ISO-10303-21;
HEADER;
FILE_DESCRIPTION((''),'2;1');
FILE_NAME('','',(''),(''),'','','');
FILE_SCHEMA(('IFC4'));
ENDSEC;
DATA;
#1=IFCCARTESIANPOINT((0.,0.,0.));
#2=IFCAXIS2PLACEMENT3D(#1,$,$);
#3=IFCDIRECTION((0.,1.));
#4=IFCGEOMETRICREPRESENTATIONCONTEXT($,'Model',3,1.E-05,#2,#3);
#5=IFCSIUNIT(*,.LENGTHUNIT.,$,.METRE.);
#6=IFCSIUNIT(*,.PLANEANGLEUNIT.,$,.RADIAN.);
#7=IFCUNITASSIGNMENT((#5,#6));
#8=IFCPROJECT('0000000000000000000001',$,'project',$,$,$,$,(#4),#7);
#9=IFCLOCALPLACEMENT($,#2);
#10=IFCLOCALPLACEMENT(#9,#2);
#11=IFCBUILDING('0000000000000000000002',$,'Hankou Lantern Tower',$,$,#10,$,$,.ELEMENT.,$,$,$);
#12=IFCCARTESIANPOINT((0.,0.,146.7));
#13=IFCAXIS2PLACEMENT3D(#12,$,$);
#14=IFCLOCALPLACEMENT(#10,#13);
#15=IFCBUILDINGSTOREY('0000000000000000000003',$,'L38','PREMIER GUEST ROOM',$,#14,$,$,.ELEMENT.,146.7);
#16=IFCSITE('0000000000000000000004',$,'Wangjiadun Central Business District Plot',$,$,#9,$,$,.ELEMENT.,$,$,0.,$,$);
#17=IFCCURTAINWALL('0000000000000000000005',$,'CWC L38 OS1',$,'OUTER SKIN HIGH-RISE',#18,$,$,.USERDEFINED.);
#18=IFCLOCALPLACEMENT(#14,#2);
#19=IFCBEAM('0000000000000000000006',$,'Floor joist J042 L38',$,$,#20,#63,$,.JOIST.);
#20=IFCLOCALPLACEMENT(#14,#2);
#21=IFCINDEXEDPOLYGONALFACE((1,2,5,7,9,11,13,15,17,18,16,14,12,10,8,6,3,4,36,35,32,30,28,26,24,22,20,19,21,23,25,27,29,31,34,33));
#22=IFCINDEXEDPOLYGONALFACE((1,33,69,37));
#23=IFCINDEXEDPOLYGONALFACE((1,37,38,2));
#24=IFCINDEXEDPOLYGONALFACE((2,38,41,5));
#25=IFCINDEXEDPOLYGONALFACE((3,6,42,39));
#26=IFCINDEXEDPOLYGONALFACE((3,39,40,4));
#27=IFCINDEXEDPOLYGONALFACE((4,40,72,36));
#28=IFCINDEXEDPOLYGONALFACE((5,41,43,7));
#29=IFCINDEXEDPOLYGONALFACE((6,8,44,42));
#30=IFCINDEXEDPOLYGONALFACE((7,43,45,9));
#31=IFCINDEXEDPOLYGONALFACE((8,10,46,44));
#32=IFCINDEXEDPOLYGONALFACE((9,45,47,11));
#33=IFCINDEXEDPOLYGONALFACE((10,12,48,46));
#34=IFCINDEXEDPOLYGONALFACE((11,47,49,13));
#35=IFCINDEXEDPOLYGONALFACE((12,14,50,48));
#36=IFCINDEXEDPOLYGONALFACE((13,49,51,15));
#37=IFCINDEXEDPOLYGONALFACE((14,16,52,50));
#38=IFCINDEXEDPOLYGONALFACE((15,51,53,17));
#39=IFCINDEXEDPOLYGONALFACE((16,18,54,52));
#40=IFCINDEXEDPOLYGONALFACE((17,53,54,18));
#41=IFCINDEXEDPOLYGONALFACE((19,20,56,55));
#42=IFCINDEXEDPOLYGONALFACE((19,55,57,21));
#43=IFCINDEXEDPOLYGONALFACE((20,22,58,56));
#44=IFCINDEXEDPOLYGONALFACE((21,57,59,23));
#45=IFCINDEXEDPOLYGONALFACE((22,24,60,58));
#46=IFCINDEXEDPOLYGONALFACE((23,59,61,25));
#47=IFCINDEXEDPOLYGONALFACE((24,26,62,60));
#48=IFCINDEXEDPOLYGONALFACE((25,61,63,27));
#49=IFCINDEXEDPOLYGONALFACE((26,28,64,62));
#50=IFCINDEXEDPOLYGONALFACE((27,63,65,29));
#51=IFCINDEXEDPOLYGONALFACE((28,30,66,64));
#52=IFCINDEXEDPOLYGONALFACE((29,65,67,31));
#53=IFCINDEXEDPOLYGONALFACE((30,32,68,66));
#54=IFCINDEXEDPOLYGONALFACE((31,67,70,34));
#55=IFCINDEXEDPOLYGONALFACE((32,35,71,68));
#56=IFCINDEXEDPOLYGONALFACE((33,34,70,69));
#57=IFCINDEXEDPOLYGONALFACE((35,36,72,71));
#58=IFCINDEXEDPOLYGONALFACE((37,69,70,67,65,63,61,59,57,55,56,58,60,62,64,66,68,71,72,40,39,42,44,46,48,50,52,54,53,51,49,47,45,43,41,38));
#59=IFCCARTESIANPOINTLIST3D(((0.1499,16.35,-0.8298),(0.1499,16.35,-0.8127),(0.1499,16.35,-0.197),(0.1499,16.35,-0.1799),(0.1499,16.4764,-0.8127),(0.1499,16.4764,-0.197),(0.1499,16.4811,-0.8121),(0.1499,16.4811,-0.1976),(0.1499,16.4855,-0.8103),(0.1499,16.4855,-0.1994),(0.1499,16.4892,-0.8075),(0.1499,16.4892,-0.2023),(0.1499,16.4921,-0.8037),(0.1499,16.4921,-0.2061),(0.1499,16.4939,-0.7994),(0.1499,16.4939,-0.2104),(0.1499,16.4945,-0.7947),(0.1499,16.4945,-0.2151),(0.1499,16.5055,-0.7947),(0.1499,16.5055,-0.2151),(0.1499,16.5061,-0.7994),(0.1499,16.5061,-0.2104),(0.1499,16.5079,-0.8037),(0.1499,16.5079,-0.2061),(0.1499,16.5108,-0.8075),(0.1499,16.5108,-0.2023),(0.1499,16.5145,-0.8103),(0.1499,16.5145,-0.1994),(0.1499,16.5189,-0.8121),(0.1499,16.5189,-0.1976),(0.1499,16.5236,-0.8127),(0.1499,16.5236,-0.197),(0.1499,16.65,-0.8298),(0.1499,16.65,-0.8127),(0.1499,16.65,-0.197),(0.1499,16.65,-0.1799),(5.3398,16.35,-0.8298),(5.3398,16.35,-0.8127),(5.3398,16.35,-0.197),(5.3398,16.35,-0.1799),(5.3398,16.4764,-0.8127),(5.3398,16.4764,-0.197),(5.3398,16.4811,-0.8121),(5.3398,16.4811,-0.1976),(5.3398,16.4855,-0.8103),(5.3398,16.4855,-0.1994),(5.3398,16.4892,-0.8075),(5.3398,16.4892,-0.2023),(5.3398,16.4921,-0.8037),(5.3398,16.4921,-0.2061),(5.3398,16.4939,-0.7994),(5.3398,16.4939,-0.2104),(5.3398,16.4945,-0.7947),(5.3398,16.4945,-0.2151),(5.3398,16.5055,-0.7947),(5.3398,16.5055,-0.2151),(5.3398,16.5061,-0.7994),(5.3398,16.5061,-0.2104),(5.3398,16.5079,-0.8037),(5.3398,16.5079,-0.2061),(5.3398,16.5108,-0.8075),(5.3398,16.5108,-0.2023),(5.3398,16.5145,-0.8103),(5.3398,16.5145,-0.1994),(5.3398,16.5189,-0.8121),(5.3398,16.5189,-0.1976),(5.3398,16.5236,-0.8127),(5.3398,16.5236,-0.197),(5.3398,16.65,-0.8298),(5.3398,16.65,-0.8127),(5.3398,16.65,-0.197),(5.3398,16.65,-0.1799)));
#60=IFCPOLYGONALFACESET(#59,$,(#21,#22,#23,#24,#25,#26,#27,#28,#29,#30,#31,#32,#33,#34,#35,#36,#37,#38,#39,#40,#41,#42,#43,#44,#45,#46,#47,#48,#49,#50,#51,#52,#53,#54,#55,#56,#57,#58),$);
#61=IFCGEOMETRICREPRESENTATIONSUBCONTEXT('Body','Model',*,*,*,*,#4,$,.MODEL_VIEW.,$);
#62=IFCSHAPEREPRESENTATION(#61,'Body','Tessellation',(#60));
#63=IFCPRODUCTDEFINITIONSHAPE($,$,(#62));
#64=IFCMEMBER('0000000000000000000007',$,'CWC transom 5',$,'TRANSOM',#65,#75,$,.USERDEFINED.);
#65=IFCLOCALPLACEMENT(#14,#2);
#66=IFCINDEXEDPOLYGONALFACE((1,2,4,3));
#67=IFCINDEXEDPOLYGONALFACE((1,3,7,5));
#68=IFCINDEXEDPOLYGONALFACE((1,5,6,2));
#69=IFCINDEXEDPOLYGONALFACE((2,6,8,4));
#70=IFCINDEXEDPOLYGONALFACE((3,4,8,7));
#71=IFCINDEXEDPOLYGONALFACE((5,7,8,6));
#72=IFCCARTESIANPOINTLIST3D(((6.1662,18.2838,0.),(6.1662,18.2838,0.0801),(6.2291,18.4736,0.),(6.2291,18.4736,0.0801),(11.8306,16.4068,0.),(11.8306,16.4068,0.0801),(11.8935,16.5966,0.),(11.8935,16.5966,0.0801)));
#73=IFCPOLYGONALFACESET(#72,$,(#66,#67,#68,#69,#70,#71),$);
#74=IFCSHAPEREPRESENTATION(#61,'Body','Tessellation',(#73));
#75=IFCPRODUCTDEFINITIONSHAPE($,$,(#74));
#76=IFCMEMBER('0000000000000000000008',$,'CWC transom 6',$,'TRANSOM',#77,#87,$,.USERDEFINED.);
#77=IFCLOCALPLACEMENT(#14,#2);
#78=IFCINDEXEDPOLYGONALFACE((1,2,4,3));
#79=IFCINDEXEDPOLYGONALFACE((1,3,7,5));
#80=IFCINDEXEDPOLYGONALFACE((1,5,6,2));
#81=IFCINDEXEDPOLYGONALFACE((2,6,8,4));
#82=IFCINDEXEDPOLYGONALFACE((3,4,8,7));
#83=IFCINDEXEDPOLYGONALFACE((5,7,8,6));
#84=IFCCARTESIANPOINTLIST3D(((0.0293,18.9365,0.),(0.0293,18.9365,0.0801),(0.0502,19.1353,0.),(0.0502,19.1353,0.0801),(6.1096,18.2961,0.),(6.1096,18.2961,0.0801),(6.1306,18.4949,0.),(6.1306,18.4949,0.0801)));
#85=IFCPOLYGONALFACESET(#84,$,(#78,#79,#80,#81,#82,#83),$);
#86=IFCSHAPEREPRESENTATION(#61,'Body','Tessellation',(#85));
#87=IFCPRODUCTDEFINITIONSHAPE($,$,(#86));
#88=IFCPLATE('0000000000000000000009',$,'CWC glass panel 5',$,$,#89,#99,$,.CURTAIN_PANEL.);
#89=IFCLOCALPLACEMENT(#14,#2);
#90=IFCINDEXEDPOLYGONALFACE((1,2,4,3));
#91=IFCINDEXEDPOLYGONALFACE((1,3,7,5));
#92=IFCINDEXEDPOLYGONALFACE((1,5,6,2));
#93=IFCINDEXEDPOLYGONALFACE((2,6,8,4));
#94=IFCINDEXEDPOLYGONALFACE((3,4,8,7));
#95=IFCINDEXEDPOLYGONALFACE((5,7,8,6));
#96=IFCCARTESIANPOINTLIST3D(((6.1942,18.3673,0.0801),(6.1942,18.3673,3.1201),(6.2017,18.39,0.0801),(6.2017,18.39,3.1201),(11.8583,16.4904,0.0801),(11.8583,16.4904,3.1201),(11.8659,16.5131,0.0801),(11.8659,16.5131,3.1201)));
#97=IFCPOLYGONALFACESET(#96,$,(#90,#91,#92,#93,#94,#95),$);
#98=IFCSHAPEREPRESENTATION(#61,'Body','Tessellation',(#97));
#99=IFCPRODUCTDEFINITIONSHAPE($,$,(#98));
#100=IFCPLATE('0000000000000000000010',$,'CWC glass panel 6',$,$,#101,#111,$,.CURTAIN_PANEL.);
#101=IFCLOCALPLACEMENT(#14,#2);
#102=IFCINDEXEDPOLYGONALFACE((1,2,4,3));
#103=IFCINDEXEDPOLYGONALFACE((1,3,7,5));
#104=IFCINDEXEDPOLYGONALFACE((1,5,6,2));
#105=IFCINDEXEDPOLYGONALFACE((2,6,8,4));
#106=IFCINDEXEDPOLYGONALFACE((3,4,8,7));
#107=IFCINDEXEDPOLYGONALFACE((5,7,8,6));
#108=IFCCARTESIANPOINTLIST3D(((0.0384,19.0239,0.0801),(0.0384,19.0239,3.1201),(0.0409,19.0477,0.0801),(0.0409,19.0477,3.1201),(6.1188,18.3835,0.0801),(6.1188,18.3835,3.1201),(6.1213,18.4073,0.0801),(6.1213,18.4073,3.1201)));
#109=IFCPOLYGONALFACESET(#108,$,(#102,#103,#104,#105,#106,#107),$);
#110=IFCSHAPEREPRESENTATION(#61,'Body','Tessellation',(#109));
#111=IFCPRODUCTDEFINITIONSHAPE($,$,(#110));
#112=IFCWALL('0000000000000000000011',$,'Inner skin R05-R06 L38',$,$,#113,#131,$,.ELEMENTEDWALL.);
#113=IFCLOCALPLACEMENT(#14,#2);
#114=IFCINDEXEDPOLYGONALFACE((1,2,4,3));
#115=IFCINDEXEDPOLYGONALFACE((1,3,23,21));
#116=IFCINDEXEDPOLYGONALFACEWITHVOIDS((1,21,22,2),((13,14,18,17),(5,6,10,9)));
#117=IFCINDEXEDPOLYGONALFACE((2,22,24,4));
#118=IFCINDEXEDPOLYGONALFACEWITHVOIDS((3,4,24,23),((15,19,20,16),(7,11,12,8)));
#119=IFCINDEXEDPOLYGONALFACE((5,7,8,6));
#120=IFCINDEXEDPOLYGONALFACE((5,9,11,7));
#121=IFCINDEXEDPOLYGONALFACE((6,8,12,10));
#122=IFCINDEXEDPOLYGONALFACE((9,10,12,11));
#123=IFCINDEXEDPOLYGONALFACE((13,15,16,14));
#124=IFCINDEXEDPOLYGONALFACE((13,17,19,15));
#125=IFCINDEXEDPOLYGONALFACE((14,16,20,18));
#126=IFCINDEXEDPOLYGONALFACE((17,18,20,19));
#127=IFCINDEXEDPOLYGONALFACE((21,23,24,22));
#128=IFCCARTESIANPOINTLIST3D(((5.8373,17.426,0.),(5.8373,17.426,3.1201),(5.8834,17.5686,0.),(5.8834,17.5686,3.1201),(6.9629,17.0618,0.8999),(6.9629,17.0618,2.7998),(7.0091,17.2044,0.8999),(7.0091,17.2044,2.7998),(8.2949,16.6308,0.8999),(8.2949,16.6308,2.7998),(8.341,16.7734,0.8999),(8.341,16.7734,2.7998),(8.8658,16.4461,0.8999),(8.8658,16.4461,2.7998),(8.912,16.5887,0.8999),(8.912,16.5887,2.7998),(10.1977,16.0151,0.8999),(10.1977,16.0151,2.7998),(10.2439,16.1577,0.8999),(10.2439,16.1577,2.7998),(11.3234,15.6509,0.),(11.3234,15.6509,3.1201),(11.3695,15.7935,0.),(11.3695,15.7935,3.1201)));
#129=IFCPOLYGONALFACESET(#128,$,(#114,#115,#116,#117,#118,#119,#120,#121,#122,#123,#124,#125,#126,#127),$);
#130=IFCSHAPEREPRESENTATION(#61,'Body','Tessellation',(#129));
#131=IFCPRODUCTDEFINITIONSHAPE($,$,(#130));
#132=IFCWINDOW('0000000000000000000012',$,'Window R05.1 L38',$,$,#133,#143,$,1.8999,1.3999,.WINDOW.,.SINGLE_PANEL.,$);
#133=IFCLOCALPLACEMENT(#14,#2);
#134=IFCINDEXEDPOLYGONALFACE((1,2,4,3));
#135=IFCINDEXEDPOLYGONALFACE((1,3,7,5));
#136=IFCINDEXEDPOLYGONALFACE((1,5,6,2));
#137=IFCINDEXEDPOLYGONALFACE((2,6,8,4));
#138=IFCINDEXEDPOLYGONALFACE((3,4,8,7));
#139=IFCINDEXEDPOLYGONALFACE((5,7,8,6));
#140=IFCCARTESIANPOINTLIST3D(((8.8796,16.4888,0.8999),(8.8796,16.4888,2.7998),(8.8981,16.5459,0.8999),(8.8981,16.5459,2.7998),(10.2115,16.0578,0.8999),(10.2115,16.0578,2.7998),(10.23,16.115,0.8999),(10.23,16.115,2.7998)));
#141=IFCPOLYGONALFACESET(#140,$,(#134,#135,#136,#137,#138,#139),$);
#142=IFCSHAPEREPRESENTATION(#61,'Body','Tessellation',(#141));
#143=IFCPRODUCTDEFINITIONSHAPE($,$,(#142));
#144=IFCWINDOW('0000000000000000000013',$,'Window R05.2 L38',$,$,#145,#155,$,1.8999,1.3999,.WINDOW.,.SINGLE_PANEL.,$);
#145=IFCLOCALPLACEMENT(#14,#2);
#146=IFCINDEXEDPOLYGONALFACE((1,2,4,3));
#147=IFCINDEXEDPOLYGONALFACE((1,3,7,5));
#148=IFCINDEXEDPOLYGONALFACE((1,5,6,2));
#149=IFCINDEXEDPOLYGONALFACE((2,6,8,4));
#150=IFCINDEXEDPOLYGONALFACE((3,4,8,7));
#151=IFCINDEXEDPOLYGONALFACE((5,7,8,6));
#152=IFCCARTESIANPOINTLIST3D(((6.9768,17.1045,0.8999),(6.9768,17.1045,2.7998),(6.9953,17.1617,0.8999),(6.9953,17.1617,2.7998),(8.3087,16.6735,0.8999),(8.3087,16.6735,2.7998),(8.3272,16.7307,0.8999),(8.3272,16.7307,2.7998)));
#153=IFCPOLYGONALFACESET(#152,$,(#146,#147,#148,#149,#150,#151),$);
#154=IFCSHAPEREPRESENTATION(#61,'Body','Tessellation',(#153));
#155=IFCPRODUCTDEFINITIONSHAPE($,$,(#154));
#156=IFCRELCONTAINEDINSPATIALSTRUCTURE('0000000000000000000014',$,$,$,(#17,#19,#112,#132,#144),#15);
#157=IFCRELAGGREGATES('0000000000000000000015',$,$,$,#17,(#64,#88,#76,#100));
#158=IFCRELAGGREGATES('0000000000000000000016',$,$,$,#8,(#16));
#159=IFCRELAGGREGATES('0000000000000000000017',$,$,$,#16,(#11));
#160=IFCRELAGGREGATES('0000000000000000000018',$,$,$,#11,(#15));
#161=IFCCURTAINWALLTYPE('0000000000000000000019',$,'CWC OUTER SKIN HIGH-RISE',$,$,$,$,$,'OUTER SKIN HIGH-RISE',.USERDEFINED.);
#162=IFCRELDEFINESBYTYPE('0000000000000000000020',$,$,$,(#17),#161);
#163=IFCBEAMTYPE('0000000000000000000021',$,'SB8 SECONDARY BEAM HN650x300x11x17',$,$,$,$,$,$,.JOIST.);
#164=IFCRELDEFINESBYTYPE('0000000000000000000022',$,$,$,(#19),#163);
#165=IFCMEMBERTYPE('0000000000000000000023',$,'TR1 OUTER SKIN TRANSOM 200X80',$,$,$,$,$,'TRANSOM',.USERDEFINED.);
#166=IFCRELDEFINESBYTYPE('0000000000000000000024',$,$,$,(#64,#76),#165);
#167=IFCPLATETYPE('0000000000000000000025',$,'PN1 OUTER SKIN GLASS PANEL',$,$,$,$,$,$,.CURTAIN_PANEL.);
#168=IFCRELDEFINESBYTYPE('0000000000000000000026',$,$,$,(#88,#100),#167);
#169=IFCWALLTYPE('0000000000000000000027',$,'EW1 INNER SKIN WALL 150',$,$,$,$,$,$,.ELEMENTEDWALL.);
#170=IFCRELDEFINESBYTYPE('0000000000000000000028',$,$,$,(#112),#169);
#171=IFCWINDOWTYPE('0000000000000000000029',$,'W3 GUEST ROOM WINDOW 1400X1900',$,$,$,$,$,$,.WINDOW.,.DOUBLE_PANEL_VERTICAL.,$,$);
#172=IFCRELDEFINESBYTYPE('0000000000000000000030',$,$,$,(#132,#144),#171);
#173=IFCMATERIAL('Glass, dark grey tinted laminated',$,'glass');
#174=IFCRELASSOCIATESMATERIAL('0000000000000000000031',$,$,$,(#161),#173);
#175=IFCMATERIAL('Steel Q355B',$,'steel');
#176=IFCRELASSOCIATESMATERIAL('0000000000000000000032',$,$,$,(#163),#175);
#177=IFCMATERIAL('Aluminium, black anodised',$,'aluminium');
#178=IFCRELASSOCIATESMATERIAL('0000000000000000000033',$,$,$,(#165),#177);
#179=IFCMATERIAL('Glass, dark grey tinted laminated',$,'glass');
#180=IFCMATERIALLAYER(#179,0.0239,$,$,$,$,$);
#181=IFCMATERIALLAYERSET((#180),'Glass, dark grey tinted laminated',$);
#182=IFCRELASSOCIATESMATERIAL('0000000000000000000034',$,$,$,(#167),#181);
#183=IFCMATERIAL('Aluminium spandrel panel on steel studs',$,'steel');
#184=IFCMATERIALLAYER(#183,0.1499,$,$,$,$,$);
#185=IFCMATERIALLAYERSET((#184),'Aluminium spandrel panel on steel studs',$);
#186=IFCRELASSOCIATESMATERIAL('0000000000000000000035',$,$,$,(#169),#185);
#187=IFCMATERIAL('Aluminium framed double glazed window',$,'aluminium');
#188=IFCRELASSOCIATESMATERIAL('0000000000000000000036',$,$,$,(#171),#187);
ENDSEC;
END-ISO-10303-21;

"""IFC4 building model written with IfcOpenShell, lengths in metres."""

from ifc_helpers import new_model, si_unit, direction, frame, frame_2d, origin, origin_2d, place, context, subcontext, project, spatial, rectangle, i_section, extrude, material, layer, layer_set, material_profile, profile_set, type_object, element, fill, aggregate, save


model = new_model("IFC4")

# Units and contexts
model_context = context("Model", 3, precision=1e-05, world=origin(), true_north=direction((0.0, 1.0)))
body_context = subcontext(model_context, "Body", "Model", "MODEL_VIEW")
ifc_project = project(units=[si_unit("LENGTHUNIT", "METRE"), si_unit("PLANEANGLEUNIT", "RADIAN")], contexts=[model_context])

# Site, building, storey
site_placement = place(None, origin())
site = spatial("IfcSite", under=ifc_project, at=site_placement, Name="Wangjiadun Central Business District Plot", CompositionType="ELEMENT", RefElevation=0.0)
building_placement = place(site_placement, origin())
building = spatial("IfcBuilding", under=site, at=building_placement, Name="Hankou Lantern Tower", CompositionType="ELEMENT")
storey_placement = place(building_placement, frame((0.0, 0.0, 146.7)))
storey = spatial("IfcBuildingStorey", under=building, at=storey_placement, Name="L38", Description="PREMIER GUEST ROOM", CompositionType="ELEMENT", Elevation=146.7)

# Curtain wall
ifc_material_1 = material(Name="Glass, dark grey tinted laminated", Category="glass")
curtain_wall_type = type_object("IfcCurtainWallType", Name="CWC OUTER SKIN HIGH-RISE", ElementType="OUTER SKIN HIGH-RISE", PredefinedType="USERDEFINED", material=ifc_material_1)
curtain_wall_1_placement = place(storey_placement, origin())
curtain_wall_1 = element("IfcCurtainWall", 1, at=curtain_wall_1_placement, inside=storey, type_object=curtain_wall_type, Name="CWC L38 OS1", ObjectType="OUTER SKIN HIGH-RISE", PredefinedType="USERDEFINED")

# Beam
ifc_material_2 = material(Name="Steel Q355B", Category="steel")
ifc_material_profile_1 = material_profile(ifc_material_2, i_section(OverallWidth=0.3, OverallDepth=0.6499, WebThickness=0.011, FlangeThickness=0.0171, FilletRadius=0.0181, at=origin_2d()), Name="HN650x300x11x17")
ifc_profile_set_1 = profile_set([ifc_material_profile_1], Name="Steel Q355B")
beam_type_1 = type_object("IfcBeamType", Name="SB8 SECONDARY BEAM HN650x300x11x17", PredefinedType="JOIST", material=ifc_profile_set_1)
beam_1_placement = place(storey_placement, frame((0.1499, 16.5, -0.5049), z_axis=(1.0, 0.0, 0.0), x_axis=(0.0, 1.0, 0.0)))
element("IfcBeam", 2, at=beam_1_placement, inside=storey, type_object=beam_type_1, Name="Floor joist J042 L38", PredefinedType="JOIST", context=body_context, shape_type="SweptSolid", body=[
    extrude(i_section(OverallWidth=0.3, OverallDepth=0.6499, WebThickness=0.011, FlangeThickness=0.0171, FilletRadius=0.0181, at=origin_2d()), origin(), (0.0, 0.0, 1.0), 5.1899),
])

# Members
ifc_material_3 = material(Name="Aluminium, black anodised", Category="aluminium")
ifc_material_profile_2 = material_profile(ifc_material_3, rectangle(XDim=0.2, YDim=0.0801, at=origin_2d()), Name="TR1 200X80")
ifc_profile_set_2 = profile_set([ifc_material_profile_2], Name="Aluminium, black anodised")
member_type_1 = type_object("IfcMemberType", Name="TR1 OUTER SKIN TRANSOM 200X80", ElementType="TRANSOM", PredefinedType="USERDEFINED", material=ifc_profile_set_2)
member_1_placement = place(storey_placement, frame((11.8621, 16.5017, 0.04), z_axis=(-0.949242, 0.314546, 0.0), x_axis=(-0.314546, -0.949242, 0.0)))
member_1 = element("IfcMember", 3, at=member_1_placement, type_object=member_type_1, Name="CWC transom 5", ObjectType="TRANSOM", PredefinedType="USERDEFINED", context=body_context, shape_type="SweptSolid", body=[
    extrude(rectangle(XDim=0.2, YDim=0.0801, at=origin_2d()), origin(), (0.0, 0.0, 1.0), 5.9673),
])
member_2_placement = place(storey_placement, frame((6.1201, 18.3955, 0.04), z_axis=(-0.9945, 0.104741, 0.0), x_axis=(-0.104741, -0.9945, 0.0)))
member_2 = element("IfcMember", 4, at=member_2_placement, type_object=member_type_1, Name="CWC transom 6", ObjectType="TRANSOM", PredefinedType="USERDEFINED", context=body_context, shape_type="SweptSolid", body=[
    extrude(rectangle(XDim=0.2, YDim=0.0801, at=origin_2d()), origin(), (0.0, 0.0, 1.0), 6.114),
])

# Plates
ifc_material_4 = material(Name="Glass, dark grey tinted laminated", Category="glass")
ifc_layer_1 = layer(ifc_material_4, 0.0239)
ifc_layer_set_1 = layer_set([ifc_layer_1], Name="Glass, dark grey tinted laminated")
plate_type = type_object("IfcPlateType", Name="PN1 OUTER SKIN GLASS PANEL", PredefinedType="CURTAIN_PANEL", material=ifc_layer_set_1)
plate_1_placement = place(storey_placement, frame((9.03, 17.4402, 0.0801), z_axis=(0.0, 0.0, 1.0), x_axis=(-0.949241, 0.314551, 0.0)))
plate_1 = element("IfcPlate", 5, at=plate_1_placement, type_object=plate_type, Name="CWC glass panel 5", PredefinedType="CURTAIN_PANEL", context=body_context, shape_type="SweptSolid", body=[
    extrude(rectangle(XDim=5.967, YDim=0.0239, at=origin_2d()), origin(), (0.0, 0.0, 1.0), 3.04),
])
plate_2_placement = place(storey_placement, frame((3.0798, 18.7156, 0.0801), z_axis=(0.0, 0.0, 1.0), x_axis=(-0.994499, 0.104743, 0.0)))
plate_2 = element("IfcPlate", 6, at=plate_2_placement, type_object=plate_type, Name="CWC glass panel 6", PredefinedType="CURTAIN_PANEL", context=body_context, shape_type="SweptSolid", body=[
    extrude(rectangle(XDim=6.114, YDim=0.0239, at=origin_2d()), origin(), (0.0, 0.0, 1.0), 3.04),
])
aggregate(curtain_wall_1, [member_1, plate_1, member_2, plate_2])

# Wall, openings, windows
ifc_material_5 = material(Name="Aluminium spandrel panel on steel studs", Category="steel")
ifc_layer_2 = layer(ifc_material_5, 0.1499)
ifc_layer_set_2 = layer_set([ifc_layer_2], Name="Aluminium spandrel panel on steel studs")
wall_type_1 = type_object("IfcWallType", Name="EW1 INNER SKIN WALL 150", PredefinedType="ELEMENTEDWALL", material=ifc_layer_set_2)
wall_1_placement = place(storey_placement, frame((11.3464, 15.7222, 0.0), z_axis=(0.0, 0.0, 1.0), x_axis=(-0.951432, 0.307857, 0.0)))
wall_1 = element("IfcWall", 7, at=wall_1_placement, inside=storey, type_object=wall_type_1, Name="Inner skin R05-R06 L38", PredefinedType="ELEMENTEDWALL", context=body_context, shape_type="SweptSolid", body=[
    extrude(rectangle(XDim=5.7661, YDim=0.1499, at=frame_2d((2.8831, 0.0))), origin(), (0.0, 0.0, 1.0), 3.1201),
])
opening_1_placement = place(wall_1_placement, frame((1.1831, 0.0, 0.8999)))
opening_1 = element("IfcOpeningElement", 8, at=opening_1_placement, cuts=wall_1, PredefinedType="OPENING", context=body_context, shape_type="SweptSolid", body=[
    extrude(rectangle(XDim=1.3999, YDim=1.8999, at=frame_2d((0.7, 0.95))), frame((0.0, 0.085, 0.0), z_axis=(0.0, -1.0, 0.0), x_axis=(1.0, 0.0, 0.0)), (0.0, 0.0, 1.0), 0.1699),
])
opening_2_placement = place(wall_1_placement, frame((3.1831, 0.0, 0.8999)))
opening_2 = element("IfcOpeningElement", 9, at=opening_2_placement, cuts=wall_1, PredefinedType="OPENING", context=body_context, shape_type="SweptSolid", body=[
    extrude(rectangle(XDim=1.3999, YDim=1.8999, at=frame_2d((0.7, 0.95))), frame((0.0, 0.085, 0.0), z_axis=(0.0, -1.0, 0.0), x_axis=(1.0, 0.0, 0.0)), (0.0, 0.0, 1.0), 0.1699),
])
ifc_material_6 = material(Name="Aluminium framed double glazed window", Category="aluminium")
window_type = type_object("IfcWindowType", Name="W3 GUEST ROOM WINDOW 1400X1900", PartitioningType="DOUBLE_PANEL_VERTICAL", PredefinedType="WINDOW", material=ifc_material_6)
window_1_placement = place(opening_1_placement, origin())
window_1 = element("IfcWindow", 10, at=window_1_placement, inside=storey, type_object=window_type, Name="Window R05.1 L38", OverallHeight=1.8999, OverallWidth=1.3999, PartitioningType="SINGLE_PANEL", PredefinedType="WINDOW", context=body_context, shape_type="SweptSolid", body=[
    extrude(rectangle(XDim=1.3999, YDim=1.8999, at=frame_2d((0.7, 0.95))), frame((0.0, 0.03, 0.0), z_axis=(0.0, -1.0, 0.0), x_axis=(1.0, 0.0, 0.0)), (0.0, 0.0, 1.0), 0.0601),
])
fill(opening_1, window_1)
window_2_placement = place(opening_2_placement, origin())
window_2 = element("IfcWindow", 11, at=window_2_placement, inside=storey, type_object=window_type, Name="Window R05.2 L38", OverallHeight=1.8999, OverallWidth=1.3999, PartitioningType="SINGLE_PANEL", PredefinedType="WINDOW", context=body_context, shape_type="SweptSolid", body=[
    extrude(rectangle(XDim=1.3999, YDim=1.8999, at=frame_2d((0.7, 0.95))), frame((0.0, 0.03, 0.0), z_axis=(0.0, -1.0, 0.0), x_axis=(1.0, 0.0, 0.0)), (0.0, 0.0, 1.0), 0.0601),
])
fill(opening_2, window_2)

save(model, "model.ifc")
